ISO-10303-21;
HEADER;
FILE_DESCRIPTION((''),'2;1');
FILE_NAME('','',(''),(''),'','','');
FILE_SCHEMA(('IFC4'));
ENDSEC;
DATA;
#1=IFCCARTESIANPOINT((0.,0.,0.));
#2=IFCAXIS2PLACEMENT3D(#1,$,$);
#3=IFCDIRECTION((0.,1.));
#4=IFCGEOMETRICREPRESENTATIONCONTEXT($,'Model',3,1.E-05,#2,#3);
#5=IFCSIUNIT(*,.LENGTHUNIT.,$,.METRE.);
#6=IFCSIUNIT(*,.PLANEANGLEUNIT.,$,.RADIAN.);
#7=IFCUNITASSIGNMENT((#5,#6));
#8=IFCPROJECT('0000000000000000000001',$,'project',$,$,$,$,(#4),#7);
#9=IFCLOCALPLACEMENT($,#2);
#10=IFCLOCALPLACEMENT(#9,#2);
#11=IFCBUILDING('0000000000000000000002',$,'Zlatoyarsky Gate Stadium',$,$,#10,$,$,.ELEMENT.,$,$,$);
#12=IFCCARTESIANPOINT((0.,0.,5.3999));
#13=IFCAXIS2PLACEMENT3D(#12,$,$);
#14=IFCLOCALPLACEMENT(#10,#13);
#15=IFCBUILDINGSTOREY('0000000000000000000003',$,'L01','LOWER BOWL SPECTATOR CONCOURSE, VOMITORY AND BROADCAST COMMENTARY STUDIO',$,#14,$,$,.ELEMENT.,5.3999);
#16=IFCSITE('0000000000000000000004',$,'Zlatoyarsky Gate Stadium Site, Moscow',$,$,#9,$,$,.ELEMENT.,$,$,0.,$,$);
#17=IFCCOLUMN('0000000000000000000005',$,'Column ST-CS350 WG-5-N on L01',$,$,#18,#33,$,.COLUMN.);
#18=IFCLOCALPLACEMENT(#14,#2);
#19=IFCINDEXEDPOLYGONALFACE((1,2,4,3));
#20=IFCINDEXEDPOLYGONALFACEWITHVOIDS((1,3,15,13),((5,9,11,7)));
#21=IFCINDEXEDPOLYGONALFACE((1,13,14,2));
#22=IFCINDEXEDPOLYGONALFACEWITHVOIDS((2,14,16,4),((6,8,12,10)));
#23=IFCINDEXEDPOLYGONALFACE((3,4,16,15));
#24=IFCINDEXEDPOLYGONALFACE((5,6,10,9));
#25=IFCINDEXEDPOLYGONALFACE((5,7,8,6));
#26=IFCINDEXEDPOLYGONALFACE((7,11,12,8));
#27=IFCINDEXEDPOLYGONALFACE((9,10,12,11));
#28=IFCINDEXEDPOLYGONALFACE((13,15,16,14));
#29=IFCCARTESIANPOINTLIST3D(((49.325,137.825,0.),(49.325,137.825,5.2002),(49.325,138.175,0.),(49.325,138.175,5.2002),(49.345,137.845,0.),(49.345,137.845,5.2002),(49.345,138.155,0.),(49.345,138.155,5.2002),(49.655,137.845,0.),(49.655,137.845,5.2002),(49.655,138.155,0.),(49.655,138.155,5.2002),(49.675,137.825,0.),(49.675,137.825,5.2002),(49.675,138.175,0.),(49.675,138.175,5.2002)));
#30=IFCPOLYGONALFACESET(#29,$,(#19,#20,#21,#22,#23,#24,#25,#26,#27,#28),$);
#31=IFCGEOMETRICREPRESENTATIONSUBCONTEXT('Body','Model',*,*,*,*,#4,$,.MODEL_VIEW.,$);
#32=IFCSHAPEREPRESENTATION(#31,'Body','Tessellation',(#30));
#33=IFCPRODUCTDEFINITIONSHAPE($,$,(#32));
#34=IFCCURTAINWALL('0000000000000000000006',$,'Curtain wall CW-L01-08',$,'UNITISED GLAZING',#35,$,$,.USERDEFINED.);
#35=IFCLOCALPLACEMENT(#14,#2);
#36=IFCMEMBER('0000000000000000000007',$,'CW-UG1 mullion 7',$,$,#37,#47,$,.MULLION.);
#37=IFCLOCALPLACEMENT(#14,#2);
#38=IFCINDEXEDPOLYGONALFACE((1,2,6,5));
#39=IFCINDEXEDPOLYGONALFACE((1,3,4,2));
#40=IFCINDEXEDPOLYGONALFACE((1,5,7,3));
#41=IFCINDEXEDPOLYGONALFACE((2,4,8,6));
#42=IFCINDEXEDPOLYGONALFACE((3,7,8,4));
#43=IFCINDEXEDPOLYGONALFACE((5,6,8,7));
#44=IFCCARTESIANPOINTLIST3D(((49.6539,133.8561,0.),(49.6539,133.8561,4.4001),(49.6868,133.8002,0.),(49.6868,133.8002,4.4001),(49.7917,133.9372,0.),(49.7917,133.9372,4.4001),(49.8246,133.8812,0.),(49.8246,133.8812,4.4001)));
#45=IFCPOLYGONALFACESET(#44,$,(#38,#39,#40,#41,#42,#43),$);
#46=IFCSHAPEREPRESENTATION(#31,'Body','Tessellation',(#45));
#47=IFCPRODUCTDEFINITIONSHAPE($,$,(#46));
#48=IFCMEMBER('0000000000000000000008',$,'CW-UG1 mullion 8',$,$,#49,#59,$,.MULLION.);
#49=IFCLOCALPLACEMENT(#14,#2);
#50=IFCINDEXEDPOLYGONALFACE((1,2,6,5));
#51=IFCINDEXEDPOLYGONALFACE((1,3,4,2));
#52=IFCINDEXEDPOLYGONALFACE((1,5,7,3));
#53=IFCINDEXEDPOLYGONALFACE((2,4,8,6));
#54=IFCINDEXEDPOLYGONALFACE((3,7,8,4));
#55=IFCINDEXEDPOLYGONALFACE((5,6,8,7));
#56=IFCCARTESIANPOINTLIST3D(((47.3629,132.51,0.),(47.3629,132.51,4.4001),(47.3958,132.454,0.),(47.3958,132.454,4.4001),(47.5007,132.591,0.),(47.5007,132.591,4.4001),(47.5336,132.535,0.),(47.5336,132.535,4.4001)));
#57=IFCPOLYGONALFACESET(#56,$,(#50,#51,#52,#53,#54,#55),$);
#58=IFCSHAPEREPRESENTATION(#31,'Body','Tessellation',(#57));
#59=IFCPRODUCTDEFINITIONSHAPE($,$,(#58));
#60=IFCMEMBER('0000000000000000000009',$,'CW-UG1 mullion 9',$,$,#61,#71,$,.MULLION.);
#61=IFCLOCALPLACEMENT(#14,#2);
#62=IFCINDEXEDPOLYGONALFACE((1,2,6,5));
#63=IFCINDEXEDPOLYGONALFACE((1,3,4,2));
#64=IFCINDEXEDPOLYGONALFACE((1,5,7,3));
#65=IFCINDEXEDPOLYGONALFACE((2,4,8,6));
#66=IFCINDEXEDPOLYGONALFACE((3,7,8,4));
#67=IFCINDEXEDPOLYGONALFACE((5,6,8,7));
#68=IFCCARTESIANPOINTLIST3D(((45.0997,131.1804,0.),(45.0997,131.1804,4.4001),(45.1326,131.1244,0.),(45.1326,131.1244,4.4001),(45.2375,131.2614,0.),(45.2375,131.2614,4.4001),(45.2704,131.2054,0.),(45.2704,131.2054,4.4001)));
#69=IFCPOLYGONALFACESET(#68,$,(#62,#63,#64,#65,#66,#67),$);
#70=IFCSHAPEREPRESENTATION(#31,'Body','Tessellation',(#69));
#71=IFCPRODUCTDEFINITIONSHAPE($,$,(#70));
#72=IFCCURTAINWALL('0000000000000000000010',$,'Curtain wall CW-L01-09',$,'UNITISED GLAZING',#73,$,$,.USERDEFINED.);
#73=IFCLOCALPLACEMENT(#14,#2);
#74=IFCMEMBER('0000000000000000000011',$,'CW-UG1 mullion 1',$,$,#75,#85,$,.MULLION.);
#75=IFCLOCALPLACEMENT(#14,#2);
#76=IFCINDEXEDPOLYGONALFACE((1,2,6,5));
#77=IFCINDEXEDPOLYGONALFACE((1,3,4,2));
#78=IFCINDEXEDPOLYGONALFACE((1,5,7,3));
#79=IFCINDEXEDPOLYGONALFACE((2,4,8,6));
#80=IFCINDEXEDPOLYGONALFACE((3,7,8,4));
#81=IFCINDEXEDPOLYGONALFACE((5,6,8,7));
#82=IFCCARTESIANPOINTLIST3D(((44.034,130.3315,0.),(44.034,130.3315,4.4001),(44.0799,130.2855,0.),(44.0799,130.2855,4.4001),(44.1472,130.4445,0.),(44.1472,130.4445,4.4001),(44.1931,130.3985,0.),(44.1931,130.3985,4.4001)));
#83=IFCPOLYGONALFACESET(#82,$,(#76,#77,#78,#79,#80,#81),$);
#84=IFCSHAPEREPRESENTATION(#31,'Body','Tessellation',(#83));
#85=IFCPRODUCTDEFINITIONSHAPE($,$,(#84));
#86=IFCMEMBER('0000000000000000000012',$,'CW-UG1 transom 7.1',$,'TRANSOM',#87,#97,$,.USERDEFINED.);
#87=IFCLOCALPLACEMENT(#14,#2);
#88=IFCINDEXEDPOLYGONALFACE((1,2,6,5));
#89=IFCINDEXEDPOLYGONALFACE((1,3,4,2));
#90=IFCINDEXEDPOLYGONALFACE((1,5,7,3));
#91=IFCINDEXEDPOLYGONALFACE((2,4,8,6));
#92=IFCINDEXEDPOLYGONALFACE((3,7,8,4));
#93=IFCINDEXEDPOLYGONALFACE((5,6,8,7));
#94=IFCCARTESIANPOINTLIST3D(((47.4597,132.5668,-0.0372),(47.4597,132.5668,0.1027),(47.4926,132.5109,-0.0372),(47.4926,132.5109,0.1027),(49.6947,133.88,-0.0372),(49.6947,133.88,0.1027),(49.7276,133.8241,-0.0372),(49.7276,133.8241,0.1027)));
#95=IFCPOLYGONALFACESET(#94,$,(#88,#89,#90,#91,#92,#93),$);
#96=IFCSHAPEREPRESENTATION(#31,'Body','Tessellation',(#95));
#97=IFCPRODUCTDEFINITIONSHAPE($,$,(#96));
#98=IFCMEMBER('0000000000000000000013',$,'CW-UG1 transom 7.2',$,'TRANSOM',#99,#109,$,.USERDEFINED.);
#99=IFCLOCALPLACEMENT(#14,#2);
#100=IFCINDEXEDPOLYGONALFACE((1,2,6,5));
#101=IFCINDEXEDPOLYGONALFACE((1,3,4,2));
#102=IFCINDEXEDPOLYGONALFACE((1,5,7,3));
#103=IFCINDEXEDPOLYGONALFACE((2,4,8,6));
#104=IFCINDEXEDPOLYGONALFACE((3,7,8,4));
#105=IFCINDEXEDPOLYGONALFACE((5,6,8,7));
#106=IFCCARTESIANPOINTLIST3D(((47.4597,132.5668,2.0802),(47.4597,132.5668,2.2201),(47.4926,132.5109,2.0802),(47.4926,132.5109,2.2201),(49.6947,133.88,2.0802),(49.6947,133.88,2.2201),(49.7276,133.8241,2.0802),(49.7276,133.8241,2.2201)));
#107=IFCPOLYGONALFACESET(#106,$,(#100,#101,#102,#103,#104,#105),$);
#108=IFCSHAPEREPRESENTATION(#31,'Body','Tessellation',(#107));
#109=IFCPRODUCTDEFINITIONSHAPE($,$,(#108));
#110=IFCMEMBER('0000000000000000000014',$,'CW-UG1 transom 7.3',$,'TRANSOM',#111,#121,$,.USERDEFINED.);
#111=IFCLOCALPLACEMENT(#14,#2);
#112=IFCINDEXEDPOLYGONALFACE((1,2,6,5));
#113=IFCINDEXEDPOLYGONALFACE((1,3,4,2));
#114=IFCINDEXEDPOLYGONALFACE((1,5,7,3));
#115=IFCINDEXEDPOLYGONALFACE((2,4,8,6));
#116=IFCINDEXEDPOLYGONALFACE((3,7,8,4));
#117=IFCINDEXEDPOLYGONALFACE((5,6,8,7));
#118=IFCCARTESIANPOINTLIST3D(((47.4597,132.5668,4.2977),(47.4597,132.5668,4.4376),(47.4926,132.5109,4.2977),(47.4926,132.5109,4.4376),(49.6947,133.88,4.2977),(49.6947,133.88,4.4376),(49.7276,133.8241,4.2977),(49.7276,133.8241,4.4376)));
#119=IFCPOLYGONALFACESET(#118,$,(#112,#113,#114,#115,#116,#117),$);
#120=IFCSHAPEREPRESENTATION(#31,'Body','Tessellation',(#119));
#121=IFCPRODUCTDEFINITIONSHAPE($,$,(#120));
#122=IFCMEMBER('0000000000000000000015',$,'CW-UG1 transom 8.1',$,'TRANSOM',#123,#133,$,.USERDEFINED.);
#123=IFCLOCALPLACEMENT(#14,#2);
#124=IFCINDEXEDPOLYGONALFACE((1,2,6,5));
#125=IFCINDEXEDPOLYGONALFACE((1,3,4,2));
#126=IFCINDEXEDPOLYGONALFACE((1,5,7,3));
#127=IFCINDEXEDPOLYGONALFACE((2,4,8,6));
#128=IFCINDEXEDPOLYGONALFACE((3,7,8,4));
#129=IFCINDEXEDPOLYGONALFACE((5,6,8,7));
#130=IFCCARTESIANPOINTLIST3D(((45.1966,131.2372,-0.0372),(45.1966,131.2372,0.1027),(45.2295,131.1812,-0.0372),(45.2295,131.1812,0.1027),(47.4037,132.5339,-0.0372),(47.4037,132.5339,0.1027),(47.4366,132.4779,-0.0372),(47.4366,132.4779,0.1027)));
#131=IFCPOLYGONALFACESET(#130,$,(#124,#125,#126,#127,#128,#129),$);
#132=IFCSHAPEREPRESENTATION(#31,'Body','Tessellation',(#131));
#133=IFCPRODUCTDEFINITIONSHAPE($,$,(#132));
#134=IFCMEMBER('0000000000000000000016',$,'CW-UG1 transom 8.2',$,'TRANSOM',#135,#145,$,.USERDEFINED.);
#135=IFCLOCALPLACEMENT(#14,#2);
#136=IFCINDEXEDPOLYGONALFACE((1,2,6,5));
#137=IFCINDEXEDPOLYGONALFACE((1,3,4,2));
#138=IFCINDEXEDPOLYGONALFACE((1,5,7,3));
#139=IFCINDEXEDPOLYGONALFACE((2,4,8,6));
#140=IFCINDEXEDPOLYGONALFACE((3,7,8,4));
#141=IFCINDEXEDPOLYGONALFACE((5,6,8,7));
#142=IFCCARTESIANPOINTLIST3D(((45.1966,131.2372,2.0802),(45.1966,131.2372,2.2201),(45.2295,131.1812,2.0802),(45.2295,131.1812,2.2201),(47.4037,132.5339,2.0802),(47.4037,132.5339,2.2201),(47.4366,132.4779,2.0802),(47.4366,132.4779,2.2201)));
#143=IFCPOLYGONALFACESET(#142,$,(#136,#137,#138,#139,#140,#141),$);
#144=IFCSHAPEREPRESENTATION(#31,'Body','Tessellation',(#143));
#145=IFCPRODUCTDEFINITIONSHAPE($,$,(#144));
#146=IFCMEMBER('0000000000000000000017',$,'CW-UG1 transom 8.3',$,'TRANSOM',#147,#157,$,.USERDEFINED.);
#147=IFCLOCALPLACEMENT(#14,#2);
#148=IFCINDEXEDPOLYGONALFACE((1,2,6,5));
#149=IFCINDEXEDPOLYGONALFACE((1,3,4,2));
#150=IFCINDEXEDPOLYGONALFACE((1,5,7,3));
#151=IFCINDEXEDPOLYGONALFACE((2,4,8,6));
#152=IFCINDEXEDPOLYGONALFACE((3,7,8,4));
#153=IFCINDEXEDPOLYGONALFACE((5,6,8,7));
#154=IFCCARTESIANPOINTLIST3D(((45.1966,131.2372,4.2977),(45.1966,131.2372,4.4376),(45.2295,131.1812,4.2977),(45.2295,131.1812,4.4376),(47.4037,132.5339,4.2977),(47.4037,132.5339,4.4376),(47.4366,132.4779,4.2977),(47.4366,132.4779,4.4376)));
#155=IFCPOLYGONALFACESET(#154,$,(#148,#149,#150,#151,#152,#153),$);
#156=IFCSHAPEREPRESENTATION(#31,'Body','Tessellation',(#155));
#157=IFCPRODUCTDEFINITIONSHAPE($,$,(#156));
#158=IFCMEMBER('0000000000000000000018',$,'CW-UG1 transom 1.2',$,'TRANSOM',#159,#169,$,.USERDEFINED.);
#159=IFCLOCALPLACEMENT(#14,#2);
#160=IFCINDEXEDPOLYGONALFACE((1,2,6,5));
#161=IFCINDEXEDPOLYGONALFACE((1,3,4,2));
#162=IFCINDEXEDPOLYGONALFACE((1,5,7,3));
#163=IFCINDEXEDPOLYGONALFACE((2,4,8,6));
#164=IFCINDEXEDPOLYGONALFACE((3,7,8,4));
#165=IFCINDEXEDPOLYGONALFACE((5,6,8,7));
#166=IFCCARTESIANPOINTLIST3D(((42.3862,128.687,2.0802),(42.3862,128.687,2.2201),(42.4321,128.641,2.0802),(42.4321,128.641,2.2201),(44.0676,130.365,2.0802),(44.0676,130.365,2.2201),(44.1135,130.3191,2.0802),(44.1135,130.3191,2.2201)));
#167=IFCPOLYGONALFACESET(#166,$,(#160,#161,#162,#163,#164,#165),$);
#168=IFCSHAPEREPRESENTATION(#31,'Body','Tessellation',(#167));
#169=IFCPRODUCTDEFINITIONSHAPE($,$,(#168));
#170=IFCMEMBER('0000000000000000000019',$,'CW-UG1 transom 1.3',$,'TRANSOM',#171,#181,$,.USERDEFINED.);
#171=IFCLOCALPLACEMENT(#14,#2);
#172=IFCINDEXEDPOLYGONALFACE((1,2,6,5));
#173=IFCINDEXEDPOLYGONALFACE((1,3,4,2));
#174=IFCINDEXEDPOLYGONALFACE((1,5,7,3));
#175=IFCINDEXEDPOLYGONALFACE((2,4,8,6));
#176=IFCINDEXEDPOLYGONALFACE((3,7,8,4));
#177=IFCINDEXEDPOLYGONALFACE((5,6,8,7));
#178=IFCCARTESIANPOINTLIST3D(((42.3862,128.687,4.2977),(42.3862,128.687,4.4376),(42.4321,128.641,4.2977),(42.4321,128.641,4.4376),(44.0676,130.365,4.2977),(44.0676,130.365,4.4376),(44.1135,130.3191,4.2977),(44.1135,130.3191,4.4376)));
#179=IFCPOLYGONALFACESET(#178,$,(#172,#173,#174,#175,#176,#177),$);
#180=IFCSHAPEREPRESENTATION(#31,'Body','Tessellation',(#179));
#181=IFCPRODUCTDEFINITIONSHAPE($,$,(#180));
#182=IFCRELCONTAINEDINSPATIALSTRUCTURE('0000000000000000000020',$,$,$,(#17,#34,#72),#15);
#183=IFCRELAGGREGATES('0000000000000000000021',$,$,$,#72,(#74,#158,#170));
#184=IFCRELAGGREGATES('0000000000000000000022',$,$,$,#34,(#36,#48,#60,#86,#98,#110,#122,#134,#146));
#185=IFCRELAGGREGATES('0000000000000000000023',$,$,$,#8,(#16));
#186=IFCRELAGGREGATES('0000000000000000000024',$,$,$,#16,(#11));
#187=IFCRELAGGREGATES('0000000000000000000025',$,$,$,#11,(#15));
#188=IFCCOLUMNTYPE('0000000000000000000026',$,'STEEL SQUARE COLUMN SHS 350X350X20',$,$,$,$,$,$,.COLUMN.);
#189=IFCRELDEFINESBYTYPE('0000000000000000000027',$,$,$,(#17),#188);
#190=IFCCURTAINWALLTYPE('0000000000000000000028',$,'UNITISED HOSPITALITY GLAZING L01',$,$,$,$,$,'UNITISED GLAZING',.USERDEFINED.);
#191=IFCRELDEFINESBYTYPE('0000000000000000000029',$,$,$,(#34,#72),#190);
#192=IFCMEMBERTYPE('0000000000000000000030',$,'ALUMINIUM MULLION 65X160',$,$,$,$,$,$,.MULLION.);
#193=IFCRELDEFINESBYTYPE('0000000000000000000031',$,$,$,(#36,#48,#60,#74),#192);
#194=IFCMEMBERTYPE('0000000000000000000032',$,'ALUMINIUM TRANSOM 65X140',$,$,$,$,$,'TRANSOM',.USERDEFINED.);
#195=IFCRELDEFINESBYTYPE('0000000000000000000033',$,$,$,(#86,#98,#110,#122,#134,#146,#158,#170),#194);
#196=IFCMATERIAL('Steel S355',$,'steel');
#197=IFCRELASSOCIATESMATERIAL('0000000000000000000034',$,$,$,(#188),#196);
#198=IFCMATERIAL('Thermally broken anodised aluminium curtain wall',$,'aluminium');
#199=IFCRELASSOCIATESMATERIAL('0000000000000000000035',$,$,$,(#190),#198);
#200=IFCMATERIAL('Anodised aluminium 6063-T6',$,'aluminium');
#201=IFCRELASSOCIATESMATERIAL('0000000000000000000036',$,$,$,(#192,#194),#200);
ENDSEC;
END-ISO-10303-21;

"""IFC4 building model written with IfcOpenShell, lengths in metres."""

from ifc_helpers import new_model, si_unit, direction, frame, origin, origin_2d, place, context, subcontext, project, spatial, rectangle, hollow_rectangle, extrude, material, material_profile, profile_set, type_object, element, aggregate, save


model = new_model("IFC4")

# Units and contexts
model_context = context("Model", 3, precision=1e-05, world=origin(), true_north=direction((0.0, 1.0)))
body_context = subcontext(model_context, "Body", "Model", "MODEL_VIEW")
ifc_project = project(units=[si_unit("LENGTHUNIT", "METRE"), si_unit("PLANEANGLEUNIT", "RADIAN")], contexts=[model_context])

# Site, building, storey
site_placement = place(None, origin())
site = spatial("IfcSite", under=ifc_project, at=site_placement, Name="Zlatoyarsky Gate Stadium Site, Moscow", CompositionType="ELEMENT", RefElevation=0.0)
building_placement = place(site_placement, origin())
building = spatial("IfcBuilding", under=site, at=building_placement, Name="Zlatoyarsky Gate Stadium", CompositionType="ELEMENT")
storey_placement = place(building_placement, frame((0.0, 0.0, 5.3999)))
storey = spatial("IfcBuildingStorey", under=building, at=storey_placement, Name="L01", Description="LOWER BOWL SPECTATOR CONCOURSE, VOMITORY AND BROADCAST COMMENTARY STUDIO", CompositionType="ELEMENT", Elevation=5.3999)

# Column
ifc_material_1 = material(Name="Steel S355", Category="steel")
ifc_material_profile_1 = material_profile(ifc_material_1, hollow_rectangle(XDim=0.3501, YDim=0.3501, WallThickness=0.02, at=origin_2d()), Name="SHS 350X350X20")
ifc_profile_set_1 = profile_set([ifc_material_profile_1], Name="Steel S355")
column_type = type_object("IfcColumnType", Name="STEEL SQUARE COLUMN SHS 350X350X20", PredefinedType="COLUMN", material=ifc_profile_set_1)
column_placement = place(storey_placement, frame((49.5, 138.0, 0.0), z_axis=(0.0, 0.0, 1.0), x_axis=(1.0, 0.0, 0.0)))
element("IfcColumn", 1, at=column_placement, inside=storey, type_object=column_type, Name="Column ST-CS350 WG-5-N on L01", PredefinedType="COLUMN", context=body_context, shape_type="SweptSolid", body=[
    extrude(hollow_rectangle(XDim=0.3501, YDim=0.3501, WallThickness=0.02, at=origin_2d()), origin(), (0.0, 0.0, 1.0), 5.2002),
])

# Curtain wall, members
ifc_material_2 = material(Name="Thermally broken anodised aluminium curtain wall", Category="aluminium")
curtain_wall_type = type_object("IfcCurtainWallType", Name="UNITISED HOSPITALITY GLAZING L01", ElementType="UNITISED GLAZING", PredefinedType="USERDEFINED", material=ifc_material_2)
curtain_wall_1_placement = place(storey_placement, origin())
curtain_wall_1 = element("IfcCurtainWall", 2, at=curtain_wall_1_placement, inside=storey, type_object=curtain_wall_type, Name="Curtain wall CW-L01-08", ObjectType="UNITISED GLAZING", PredefinedType="USERDEFINED")
ifc_material_3 = material(Name="Anodised aluminium 6063-T6", Category="aluminium")
ifc_material_profile_2 = material_profile(ifc_material_3, rectangle(XDim=0.0649, YDim=0.1599, at=origin_2d()), Name="ALU 65X160")
ifc_profile_set_2 = profile_set([ifc_material_profile_2], Name="Anodised aluminium 6063-T6")
member_type_1 = type_object("IfcMemberType", Name="ALUMINIUM MULLION 65X160", PredefinedType="MULLION", material=ifc_profile_set_2)
member_1_placement = place(storey_placement, frame((49.7393, 133.8687, 0.0), z_axis=(0.0, 0.0, 1.0), x_axis=(0.506588, -0.862188, 0.0)))
member_1 = element("IfcMember", 3, at=member_1_placement, type_object=member_type_1, Name="CW-UG1 mullion 7", PredefinedType="MULLION", context=body_context, shape_type="SweptSolid", body=[
    extrude(rectangle(XDim=0.0649, YDim=0.1599, at=origin_2d()), origin(), (0.0, 0.0, 1.0), 4.4001),
])
member_2_placement = place(storey_placement, frame((47.4482, 132.5225, 0.0), z_axis=(0.0, 0.0, 1.0), x_axis=(0.506588, -0.862188, 0.0)))
member_2 = element("IfcMember", 4, at=member_2_placement, type_object=member_type_1, Name="CW-UG1 mullion 8", PredefinedType="MULLION", context=body_context, shape_type="SweptSolid", body=[
    extrude(rectangle(XDim=0.0649, YDim=0.1599, at=origin_2d()), origin(), (0.0, 0.0, 1.0), 4.4001),
])
member_3_placement = place(storey_placement, frame((45.1851, 131.1929, 0.0), z_axis=(0.0, 0.0, 1.0), x_axis=(0.506588, -0.862188, 0.0)))
member_3 = element("IfcMember", 5, at=member_3_placement, type_object=member_type_1, Name="CW-UG1 mullion 9", PredefinedType="MULLION", context=body_context, shape_type="SweptSolid", body=[
    extrude(rectangle(XDim=0.0649, YDim=0.1599, at=origin_2d()), origin(), (0.0, 0.0, 1.0), 4.4001),
])

# Curtain wall, member
curtain_wall_2_placement = place(storey_placement, origin())
curtain_wall_2 = element("IfcCurtainWall", 6, at=curtain_wall_2_placement, inside=storey, type_object=curtain_wall_type, Name="Curtain wall CW-L01-09", ObjectType="UNITISED GLAZING", PredefinedType="USERDEFINED")
member_4_placement = place(storey_placement, frame((44.1135, 130.365, 0.0), z_axis=(0.0, 0.0, 1.0), x_axis=(0.706371, -0.707842, 0.0)))
member_4 = element("IfcMember", 7, at=member_4_placement, type_object=member_type_1, Name="CW-UG1 mullion 1", PredefinedType="MULLION", context=body_context, shape_type="SweptSolid", body=[
    extrude(rectangle(XDim=0.0649, YDim=0.1599, at=origin_2d()), origin(), (0.0, 0.0, 1.0), 4.4001),
])

# Members
ifc_material_profile_3 = material_profile(ifc_material_3, rectangle(XDim=0.0649, YDim=0.1399, at=origin_2d()), Name="ALU 65X140")
ifc_profile_set_3 = profile_set([ifc_material_profile_3], Name="Anodised aluminium 6063-T6")
member_type_2 = type_object("IfcMemberType", Name="ALUMINIUM TRANSOM 65X140", ElementType="TRANSOM", PredefinedType="USERDEFINED", material=ifc_profile_set_3)
member_5_placement = place(storey_placement, frame((49.7112, 133.8521, 0.0327), z_axis=(-0.862193, -0.50658, 0.0), x_axis=(0.50658, -0.862193, 0.0)))
member_5 = element("IfcMember", 8, at=member_5_placement, type_object=member_type_2, Name="CW-UG1 transom 7.1", ObjectType="TRANSOM", PredefinedType="USERDEFINED", context=body_context, shape_type="SweptSolid", body=[
    extrude(rectangle(XDim=0.0649, YDim=0.1399, at=origin_2d()), origin(), (0.0, 0.0, 1.0), 2.5923),
])
member_6_placement = place(storey_placement, frame((49.7112, 133.8521, 2.1501), z_axis=(-0.862193, -0.50658, 0.0), x_axis=(0.50658, -0.862193, 0.0)))
member_6 = element("IfcMember", 9, at=member_6_placement, type_object=member_type_2, Name="CW-UG1 transom 7.2", ObjectType="TRANSOM", PredefinedType="USERDEFINED", context=body_context, shape_type="SweptSolid", body=[
    extrude(rectangle(XDim=0.0649, YDim=0.1399, at=origin_2d()), origin(), (0.0, 0.0, 1.0), 2.5923),
])
member_7_placement = place(storey_placement, frame((49.7112, 133.8521, 4.3677), z_axis=(-0.862193, -0.50658, 0.0), x_axis=(0.50658, -0.862193, 0.0)))
member_7 = element("IfcMember", 10, at=member_7_placement, type_object=member_type_2, Name="CW-UG1 transom 7.3", ObjectType="TRANSOM", PredefinedType="USERDEFINED", context=body_context, shape_type="SweptSolid", body=[
    extrude(rectangle(XDim=0.0649, YDim=0.1399, at=origin_2d()), origin(), (0.0, 0.0, 1.0), 2.5923),
])
member_8_placement = place(storey_placement, frame((47.4202, 132.5059, 0.0327), z_axis=(-0.862211, -0.506549, 0.0), x_axis=(0.506549, -0.862211, 0.0)))
member_8 = element("IfcMember", 11, at=member_8_placement, type_object=member_type_2, Name="CW-UG1 transom 8.1", ObjectType="TRANSOM", PredefinedType="USERDEFINED", context=body_context, shape_type="SweptSolid", body=[
    extrude(rectangle(XDim=0.0649, YDim=0.1399, at=origin_2d()), origin(), (0.0, 0.0, 1.0), 2.5598),
])
member_9_placement = place(storey_placement, frame((47.4202, 132.5059, 2.1501), z_axis=(-0.862211, -0.506549, 0.0), x_axis=(0.506549, -0.862211, 0.0)))
member_9 = element("IfcMember", 12, at=member_9_placement, type_object=member_type_2, Name="CW-UG1 transom 8.2", ObjectType="TRANSOM", PredefinedType="USERDEFINED", context=body_context, shape_type="SweptSolid", body=[
    extrude(rectangle(XDim=0.0649, YDim=0.1399, at=origin_2d()), origin(), (0.0, 0.0, 1.0), 2.5598),
])
member_10_placement = place(storey_placement, frame((47.4202, 132.5059, 4.3677), z_axis=(-0.862211, -0.506549, 0.0), x_axis=(0.506549, -0.862211, 0.0)))
member_10 = element("IfcMember", 13, at=member_10_placement, type_object=member_type_2, Name="CW-UG1 transom 8.3", ObjectType="TRANSOM", PredefinedType="USERDEFINED", context=body_context, shape_type="SweptSolid", body=[
    extrude(rectangle(XDim=0.0649, YDim=0.1399, at=origin_2d()), origin(), (0.0, 0.0, 1.0), 2.5598),
])
member_11_placement = place(storey_placement, frame((44.0906, 130.342, 2.1501), z_axis=(-0.707826, -0.706387, 0.0), x_axis=(0.706387, -0.707826, 0.0)))
member_11 = element("IfcMember", 14, at=member_11_placement, type_object=member_type_2, Name="CW-UG1 transom 1.2", ObjectType="TRANSOM", PredefinedType="USERDEFINED", context=body_context, shape_type="SweptSolid", body=[
    extrude(rectangle(XDim=0.0649, YDim=0.1399, at=origin_2d()), origin(), (0.0, 0.0, 1.0), 2.3755),
])
member_12_placement = place(storey_placement, frame((44.0906, 130.342, 4.3677), z_axis=(-0.707826, -0.706387, 0.0), x_axis=(0.706387, -0.707826, 0.0)))
member_12 = element("IfcMember", 15, at=member_12_placement, type_object=member_type_2, Name="CW-UG1 transom 1.3", ObjectType="TRANSOM", PredefinedType="USERDEFINED", context=body_context, shape_type="SweptSolid", body=[
    extrude(rectangle(XDim=0.0649, YDim=0.1399, at=origin_2d()), origin(), (0.0, 0.0, 1.0), 2.3755),
])
aggregate(curtain_wall_2, [member_4, member_11, member_12])

aggregate(curtain_wall_1, [member_1, member_2, member_3, member_5, member_6, member_7, member_8, member_9, member_10])

save(model, "model.ifc")
